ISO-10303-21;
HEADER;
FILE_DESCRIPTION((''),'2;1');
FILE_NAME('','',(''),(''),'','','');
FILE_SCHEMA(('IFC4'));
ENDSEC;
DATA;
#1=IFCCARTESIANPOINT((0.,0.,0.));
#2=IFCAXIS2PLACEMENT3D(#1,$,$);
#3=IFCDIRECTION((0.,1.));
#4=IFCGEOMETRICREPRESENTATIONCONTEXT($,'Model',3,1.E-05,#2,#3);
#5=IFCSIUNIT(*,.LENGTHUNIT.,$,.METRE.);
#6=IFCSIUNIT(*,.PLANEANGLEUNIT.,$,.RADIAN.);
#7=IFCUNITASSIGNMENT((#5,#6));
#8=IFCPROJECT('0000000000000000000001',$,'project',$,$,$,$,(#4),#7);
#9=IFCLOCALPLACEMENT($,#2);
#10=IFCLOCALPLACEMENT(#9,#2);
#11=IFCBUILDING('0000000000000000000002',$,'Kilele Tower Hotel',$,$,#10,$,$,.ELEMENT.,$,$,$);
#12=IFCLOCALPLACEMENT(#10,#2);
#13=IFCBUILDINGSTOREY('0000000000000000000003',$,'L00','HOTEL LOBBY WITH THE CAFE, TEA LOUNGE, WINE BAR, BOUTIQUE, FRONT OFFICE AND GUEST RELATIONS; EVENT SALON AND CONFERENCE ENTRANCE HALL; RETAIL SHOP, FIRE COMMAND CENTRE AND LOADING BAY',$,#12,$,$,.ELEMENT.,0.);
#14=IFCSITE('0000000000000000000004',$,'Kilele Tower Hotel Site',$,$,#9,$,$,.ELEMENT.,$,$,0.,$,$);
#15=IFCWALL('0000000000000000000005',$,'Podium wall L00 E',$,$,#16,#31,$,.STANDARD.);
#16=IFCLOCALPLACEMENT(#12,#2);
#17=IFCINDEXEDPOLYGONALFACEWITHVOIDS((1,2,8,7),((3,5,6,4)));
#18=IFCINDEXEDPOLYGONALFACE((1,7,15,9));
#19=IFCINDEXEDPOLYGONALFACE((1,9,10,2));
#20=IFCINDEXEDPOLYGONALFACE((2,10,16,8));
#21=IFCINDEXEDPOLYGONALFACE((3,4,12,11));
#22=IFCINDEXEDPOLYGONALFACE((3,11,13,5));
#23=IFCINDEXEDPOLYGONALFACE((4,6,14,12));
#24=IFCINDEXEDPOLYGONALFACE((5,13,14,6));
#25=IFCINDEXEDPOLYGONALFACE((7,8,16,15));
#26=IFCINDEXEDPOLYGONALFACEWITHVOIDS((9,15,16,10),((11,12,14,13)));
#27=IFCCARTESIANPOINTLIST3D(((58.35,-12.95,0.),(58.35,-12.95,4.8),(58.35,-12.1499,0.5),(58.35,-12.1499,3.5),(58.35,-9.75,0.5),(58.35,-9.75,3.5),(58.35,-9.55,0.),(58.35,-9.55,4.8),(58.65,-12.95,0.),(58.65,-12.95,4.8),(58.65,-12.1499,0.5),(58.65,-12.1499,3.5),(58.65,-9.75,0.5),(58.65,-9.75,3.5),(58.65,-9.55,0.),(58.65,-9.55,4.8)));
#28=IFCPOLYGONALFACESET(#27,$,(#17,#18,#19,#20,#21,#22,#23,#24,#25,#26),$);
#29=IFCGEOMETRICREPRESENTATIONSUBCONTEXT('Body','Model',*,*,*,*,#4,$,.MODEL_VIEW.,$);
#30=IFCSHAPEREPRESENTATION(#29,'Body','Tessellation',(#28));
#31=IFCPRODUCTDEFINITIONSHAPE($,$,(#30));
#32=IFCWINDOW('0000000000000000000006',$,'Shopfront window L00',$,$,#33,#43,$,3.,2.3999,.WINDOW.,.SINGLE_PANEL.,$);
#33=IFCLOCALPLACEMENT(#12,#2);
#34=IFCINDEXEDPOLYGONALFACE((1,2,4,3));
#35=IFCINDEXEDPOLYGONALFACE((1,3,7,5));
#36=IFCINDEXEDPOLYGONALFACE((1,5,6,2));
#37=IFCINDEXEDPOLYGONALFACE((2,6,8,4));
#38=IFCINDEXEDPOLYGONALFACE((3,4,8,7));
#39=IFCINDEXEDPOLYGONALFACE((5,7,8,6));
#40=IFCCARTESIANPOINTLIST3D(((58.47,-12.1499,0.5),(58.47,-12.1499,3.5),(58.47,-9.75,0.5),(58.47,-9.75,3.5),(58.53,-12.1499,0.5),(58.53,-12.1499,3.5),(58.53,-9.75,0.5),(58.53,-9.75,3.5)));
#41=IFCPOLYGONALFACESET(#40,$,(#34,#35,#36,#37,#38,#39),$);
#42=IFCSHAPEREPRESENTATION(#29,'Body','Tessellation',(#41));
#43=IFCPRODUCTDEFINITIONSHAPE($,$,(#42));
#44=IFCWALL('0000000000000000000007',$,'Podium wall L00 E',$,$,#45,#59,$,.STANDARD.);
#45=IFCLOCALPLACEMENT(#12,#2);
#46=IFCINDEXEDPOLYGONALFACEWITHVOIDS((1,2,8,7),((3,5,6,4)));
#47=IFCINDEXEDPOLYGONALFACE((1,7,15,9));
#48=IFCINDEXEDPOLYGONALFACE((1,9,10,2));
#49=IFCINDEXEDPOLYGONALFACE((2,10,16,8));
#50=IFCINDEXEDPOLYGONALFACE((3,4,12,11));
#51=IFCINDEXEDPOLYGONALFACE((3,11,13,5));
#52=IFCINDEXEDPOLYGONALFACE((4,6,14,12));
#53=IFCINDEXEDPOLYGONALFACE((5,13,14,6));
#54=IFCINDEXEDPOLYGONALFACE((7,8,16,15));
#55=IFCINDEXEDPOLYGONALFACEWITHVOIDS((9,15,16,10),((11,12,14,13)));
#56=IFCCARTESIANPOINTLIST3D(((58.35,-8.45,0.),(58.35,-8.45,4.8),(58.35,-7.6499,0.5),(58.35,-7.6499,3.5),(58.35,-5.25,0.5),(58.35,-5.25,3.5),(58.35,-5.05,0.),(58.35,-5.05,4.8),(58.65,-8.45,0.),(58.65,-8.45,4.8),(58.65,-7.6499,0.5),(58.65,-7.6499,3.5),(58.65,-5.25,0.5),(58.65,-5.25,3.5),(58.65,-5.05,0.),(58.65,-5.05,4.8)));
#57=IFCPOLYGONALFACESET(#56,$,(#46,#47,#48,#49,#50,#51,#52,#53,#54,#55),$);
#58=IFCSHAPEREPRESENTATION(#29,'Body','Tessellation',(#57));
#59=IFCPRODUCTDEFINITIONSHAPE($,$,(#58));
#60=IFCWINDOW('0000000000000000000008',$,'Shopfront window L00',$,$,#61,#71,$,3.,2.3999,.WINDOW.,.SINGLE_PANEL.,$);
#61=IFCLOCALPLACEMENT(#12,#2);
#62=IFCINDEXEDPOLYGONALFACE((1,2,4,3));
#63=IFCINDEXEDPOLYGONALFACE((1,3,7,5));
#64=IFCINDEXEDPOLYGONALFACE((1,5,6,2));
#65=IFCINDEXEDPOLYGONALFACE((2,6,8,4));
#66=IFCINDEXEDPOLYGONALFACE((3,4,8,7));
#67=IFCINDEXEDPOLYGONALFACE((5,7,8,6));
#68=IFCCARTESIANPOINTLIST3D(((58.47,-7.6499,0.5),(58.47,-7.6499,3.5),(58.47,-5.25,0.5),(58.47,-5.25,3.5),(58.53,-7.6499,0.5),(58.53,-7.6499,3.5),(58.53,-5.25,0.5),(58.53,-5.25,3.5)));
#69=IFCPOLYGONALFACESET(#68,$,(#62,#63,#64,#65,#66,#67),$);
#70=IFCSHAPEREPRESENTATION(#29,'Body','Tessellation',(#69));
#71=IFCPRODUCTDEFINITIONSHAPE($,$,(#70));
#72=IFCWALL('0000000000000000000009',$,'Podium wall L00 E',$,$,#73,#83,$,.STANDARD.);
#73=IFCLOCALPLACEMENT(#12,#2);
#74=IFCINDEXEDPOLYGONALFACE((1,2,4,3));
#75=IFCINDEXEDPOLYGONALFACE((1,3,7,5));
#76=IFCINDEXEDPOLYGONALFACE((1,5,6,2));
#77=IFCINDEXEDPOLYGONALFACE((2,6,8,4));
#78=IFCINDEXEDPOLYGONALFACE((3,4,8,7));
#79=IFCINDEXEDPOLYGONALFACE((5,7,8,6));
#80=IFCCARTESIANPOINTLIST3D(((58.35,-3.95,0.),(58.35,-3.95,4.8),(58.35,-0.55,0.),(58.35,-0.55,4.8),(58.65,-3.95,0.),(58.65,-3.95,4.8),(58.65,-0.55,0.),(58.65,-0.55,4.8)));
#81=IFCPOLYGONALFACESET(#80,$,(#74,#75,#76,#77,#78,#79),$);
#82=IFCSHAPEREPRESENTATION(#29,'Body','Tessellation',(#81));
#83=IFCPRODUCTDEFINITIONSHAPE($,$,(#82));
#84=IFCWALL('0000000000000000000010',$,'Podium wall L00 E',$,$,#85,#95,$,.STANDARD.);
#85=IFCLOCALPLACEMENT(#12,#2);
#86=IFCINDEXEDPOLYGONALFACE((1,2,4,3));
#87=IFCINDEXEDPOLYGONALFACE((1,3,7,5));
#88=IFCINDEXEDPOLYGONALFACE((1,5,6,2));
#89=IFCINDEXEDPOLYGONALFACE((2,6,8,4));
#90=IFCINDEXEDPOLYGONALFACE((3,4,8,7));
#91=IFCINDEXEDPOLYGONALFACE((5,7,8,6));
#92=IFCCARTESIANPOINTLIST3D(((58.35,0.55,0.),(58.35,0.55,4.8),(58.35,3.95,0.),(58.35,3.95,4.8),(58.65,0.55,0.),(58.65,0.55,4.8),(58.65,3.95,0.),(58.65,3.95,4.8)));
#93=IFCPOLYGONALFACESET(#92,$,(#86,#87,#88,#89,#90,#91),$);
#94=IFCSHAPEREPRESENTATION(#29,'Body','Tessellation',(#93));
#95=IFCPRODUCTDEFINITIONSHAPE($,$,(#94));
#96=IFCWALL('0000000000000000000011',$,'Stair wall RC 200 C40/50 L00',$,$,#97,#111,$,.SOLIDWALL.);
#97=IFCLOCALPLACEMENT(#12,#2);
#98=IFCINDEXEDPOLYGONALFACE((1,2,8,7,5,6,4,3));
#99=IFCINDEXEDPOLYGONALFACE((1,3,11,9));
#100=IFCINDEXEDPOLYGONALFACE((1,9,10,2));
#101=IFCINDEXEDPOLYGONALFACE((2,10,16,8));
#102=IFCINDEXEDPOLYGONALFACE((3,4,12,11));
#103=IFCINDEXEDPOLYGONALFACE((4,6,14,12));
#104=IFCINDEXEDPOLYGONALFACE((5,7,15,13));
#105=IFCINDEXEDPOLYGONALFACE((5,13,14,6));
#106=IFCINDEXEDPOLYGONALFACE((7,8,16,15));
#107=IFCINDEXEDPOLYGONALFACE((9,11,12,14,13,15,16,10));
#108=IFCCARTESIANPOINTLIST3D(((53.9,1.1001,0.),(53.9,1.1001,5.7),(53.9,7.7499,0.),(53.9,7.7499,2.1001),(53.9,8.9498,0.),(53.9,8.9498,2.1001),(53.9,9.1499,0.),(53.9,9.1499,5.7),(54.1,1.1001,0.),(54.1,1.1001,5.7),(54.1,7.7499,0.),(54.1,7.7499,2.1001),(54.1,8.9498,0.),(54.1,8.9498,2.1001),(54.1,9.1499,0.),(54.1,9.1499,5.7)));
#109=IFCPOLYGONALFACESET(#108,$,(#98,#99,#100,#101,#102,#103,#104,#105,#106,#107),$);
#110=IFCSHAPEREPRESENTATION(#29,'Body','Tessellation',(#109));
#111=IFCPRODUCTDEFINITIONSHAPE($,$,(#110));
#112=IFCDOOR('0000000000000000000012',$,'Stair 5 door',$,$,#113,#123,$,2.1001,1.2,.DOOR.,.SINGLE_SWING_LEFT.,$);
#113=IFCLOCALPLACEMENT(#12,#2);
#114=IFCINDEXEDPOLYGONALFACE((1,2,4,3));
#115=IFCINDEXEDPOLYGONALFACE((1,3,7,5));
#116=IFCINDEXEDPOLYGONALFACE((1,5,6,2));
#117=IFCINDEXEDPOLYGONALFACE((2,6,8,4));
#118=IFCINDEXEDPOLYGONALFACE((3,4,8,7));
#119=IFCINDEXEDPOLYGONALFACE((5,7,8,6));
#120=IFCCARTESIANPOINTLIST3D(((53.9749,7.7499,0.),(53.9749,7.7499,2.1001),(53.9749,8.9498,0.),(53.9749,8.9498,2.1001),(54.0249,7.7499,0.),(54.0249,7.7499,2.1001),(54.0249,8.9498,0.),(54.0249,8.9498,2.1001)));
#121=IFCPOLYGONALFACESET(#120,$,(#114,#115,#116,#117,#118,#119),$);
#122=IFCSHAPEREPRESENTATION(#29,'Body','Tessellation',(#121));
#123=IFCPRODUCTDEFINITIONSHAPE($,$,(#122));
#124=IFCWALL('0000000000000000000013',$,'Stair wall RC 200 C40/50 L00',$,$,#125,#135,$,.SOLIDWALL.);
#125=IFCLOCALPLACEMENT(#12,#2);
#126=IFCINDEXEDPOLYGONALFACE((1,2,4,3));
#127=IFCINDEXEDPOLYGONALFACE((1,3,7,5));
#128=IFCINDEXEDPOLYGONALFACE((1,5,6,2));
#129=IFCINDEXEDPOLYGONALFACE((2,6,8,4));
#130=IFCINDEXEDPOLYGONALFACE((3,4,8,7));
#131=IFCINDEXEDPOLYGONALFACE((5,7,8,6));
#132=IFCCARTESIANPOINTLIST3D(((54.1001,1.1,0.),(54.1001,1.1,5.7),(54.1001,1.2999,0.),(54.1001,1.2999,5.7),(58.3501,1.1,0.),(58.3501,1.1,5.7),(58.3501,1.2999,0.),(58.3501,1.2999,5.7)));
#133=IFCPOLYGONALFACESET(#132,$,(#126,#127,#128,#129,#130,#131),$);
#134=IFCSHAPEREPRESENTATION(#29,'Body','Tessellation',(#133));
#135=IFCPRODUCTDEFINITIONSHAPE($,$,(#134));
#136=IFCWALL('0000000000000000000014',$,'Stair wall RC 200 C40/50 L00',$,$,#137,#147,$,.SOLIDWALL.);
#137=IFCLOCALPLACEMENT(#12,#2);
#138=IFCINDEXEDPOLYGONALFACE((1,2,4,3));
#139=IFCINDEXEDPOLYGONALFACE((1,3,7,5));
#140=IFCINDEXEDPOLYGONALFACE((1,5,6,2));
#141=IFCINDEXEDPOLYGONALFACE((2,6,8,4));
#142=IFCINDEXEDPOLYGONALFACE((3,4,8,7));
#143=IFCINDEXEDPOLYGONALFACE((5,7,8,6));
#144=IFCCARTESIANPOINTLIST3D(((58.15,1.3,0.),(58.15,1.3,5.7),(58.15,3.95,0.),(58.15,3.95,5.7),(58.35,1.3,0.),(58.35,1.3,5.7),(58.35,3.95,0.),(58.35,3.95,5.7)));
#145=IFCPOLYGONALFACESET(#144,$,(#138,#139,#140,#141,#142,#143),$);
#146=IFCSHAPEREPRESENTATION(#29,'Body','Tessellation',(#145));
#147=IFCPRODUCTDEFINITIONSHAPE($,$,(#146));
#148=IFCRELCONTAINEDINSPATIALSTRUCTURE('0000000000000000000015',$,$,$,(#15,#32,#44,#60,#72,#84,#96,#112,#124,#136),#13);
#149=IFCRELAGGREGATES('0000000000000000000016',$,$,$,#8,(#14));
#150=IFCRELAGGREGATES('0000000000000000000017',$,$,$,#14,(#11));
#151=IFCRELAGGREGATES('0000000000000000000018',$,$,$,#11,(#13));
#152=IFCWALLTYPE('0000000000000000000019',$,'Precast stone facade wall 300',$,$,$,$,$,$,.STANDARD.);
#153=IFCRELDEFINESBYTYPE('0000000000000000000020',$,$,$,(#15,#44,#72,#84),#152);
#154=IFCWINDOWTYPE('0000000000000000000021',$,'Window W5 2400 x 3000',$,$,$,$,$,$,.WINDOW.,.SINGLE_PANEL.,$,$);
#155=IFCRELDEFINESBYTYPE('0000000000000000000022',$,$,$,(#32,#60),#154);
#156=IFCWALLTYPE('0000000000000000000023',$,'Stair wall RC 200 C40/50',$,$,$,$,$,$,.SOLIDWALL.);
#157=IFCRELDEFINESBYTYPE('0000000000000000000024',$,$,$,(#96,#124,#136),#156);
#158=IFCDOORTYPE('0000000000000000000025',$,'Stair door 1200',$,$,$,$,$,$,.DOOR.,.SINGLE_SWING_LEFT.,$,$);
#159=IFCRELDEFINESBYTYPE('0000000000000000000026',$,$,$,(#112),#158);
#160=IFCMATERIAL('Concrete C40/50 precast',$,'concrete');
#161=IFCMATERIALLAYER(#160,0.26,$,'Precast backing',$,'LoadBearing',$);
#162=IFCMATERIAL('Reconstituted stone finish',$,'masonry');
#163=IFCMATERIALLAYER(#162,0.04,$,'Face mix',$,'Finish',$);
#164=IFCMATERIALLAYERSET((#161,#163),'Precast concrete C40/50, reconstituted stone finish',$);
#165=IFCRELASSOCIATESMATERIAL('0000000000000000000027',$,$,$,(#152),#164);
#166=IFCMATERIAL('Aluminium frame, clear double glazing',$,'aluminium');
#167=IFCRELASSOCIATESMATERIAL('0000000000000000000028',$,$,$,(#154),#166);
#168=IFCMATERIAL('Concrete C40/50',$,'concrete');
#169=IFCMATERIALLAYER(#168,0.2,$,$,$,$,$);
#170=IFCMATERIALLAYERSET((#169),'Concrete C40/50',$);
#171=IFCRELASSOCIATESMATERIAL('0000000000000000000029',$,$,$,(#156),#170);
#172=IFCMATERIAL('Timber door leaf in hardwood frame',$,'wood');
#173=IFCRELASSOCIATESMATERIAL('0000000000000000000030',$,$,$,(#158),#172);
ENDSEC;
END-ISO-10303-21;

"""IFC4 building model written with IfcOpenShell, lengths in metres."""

from ifc_helpers import new_model, si_unit, direction, frame, frame_2d, origin, place, context, subcontext, project, spatial, rectangle, extrude, material, layer, layer_set, type_object, element, fill, save


model = new_model("IFC4")

# Units and contexts
model_context = context("Model", 3, precision=1e-05, world=origin(), true_north=direction((0.0, 1.0)))
body_context = subcontext(model_context, "Body", "Model", "MODEL_VIEW")
ifc_project = project(units=[si_unit("LENGTHUNIT", "METRE"), si_unit("PLANEANGLEUNIT", "RADIAN")], contexts=[model_context])

# Site, building, storey
site_placement = place(None, origin())
site = spatial("IfcSite", under=ifc_project, at=site_placement, Name="Kilele Tower Hotel Site", CompositionType="ELEMENT", RefElevation=0.0)
building_placement = place(site_placement, origin())
building = spatial("IfcBuilding", under=site, at=building_placement, Name="Kilele Tower Hotel", CompositionType="ELEMENT")
storey_placement = place(building_placement, origin())
storey = spatial("IfcBuildingStorey", under=building, at=storey_placement, Name="L00", Description="HOTEL LOBBY WITH THE CAFE, TEA LOUNGE, WINE BAR, BOUTIQUE, FRONT OFFICE AND GUEST RELATIONS; EVENT SALON AND CONFERENCE ENTRANCE HALL; RETAIL SHOP, FIRE COMMAND CENTRE AND LOADING BAY", CompositionType="ELEMENT", Elevation=0.0)

# Shared definitions
ifc_material_1 = material(Name="Concrete C40/50 precast", Category="concrete")
ifc_layer_1 = layer(ifc_material_1, 0.26, Name="Precast backing", Category="LoadBearing")
ifc_material_2 = material(Name="Reconstituted stone finish", Category="masonry")
ifc_layer_2 = layer(ifc_material_2, 0.04, Name="Face mix", Category="Finish")
ifc_layer_set_1 = layer_set([ifc_layer_1, ifc_layer_2], Name="Precast concrete C40/50, reconstituted stone finish")
wall_type_1 = type_object("IfcWallType", Name="Precast stone facade wall 300", PredefinedType="STANDARD", material=ifc_layer_set_1)

# Walls, openings, windows
wall_1_placement = place(storey_placement, frame((58.5, -12.95, 0.0), z_axis=(0.0, 0.0, 1.0), x_axis=(0.0, 1.0, 0.0)))
wall_1 = element("IfcWall", 1, at=wall_1_placement, inside=storey, type_object=wall_type_1, Name="Podium wall L00 E", PredefinedType="STANDARD", context=body_context, shape_type="SweptSolid", body=[
    extrude(rectangle(XDim=3.3999, YDim=0.3, at=frame_2d((1.7, 0.0))), origin(), (0.0, 0.0, 1.0), 4.8),
])
opening_1_placement = place(wall_1_placement, frame((0.8, 0.0, 0.5)))
opening_1 = element("IfcOpeningElement", 2, at=opening_1_placement, cuts=wall_1, PredefinedType="OPENING", context=body_context, shape_type="SweptSolid", body=[
    extrude(rectangle(XDim=2.3999, YDim=3.0, at=frame_2d((1.2, 1.5))), frame((0.0, 0.1599, 0.0), z_axis=(0.0, -1.0, 0.0), x_axis=(1.0, 0.0, 0.0)), (0.0, 0.0, 1.0), 0.3201),
])
ifc_material_3 = material(Name="Aluminium frame, clear double glazing", Category="aluminium")
window_type_1 = type_object("IfcWindowType", Name="Window W5 2400 x 3000", PartitioningType="SINGLE_PANEL", PredefinedType="WINDOW", material=ifc_material_3)
window_1_placement = place(opening_1_placement, origin())
window_1 = element("IfcWindow", 3, at=window_1_placement, inside=storey, type_object=window_type_1, Name="Shopfront window L00", OverallHeight=3.0, OverallWidth=2.3999, PartitioningType="SINGLE_PANEL", PredefinedType="WINDOW", context=body_context, shape_type="SweptSolid", body=[
    extrude(rectangle(XDim=2.3999, YDim=3.0, at=frame_2d((1.2, 1.5))), frame((0.0, 0.03, 0.0), z_axis=(0.0, -1.0, 0.0), x_axis=(1.0, 0.0, 0.0)), (0.0, 0.0, 1.0), 0.0601),
])
fill(opening_1, window_1)
wall_2_placement = place(storey_placement, frame((58.5, -8.45, 0.0), z_axis=(0.0, 0.0, 1.0), x_axis=(0.0, 1.0, 0.0)))
wall_2 = element("IfcWall", 4, at=wall_2_placement, inside=storey, type_object=wall_type_1, Name="Podium wall L00 E", PredefinedType="STANDARD", context=body_context, shape_type="SweptSolid", body=[
    extrude(rectangle(XDim=3.3999, YDim=0.3, at=frame_2d((1.7, 0.0))), origin(), (0.0, 0.0, 1.0), 4.8),
])
opening_2_placement = place(wall_2_placement, frame((0.8, 0.0, 0.5)))
opening_2 = element("IfcOpeningElement", 5, at=opening_2_placement, cuts=wall_2, PredefinedType="OPENING", context=body_context, shape_type="SweptSolid", body=[
    extrude(rectangle(XDim=2.3999, YDim=3.0, at=frame_2d((1.2, 1.5))), frame((0.0, 0.1599, 0.0), z_axis=(0.0, -1.0, 0.0), x_axis=(1.0, 0.0, 0.0)), (0.0, 0.0, 1.0), 0.3201),
])
window_2_placement = place(opening_2_placement, origin())
window_2 = element("IfcWindow", 6, at=window_2_placement, inside=storey, type_object=window_type_1, Name="Shopfront window L00", OverallHeight=3.0, OverallWidth=2.3999, PartitioningType="SINGLE_PANEL", PredefinedType="WINDOW", context=body_context, shape_type="SweptSolid", body=[
    extrude(rectangle(XDim=2.3999, YDim=3.0, at=frame_2d((1.2, 1.5))), frame((0.0, 0.03, 0.0), z_axis=(0.0, -1.0, 0.0), x_axis=(1.0, 0.0, 0.0)), (0.0, 0.0, 1.0), 0.0601),
])
fill(opening_2, window_2)

# Walls
for number, where, z_axis, x_axis, name in (
    (7, (58.5, -3.95, 0.0), (0.0, 0.0, 1.0), (0.0, 1.0, 0.0), "Podium wall L00 E"),
    (8, (58.5, 0.55, 0.0), (0.0, 0.0, 1.0), (0.0, 1.0, 0.0), "Podium wall L00 E"),
):
    element("IfcWall", number, at=place(storey_placement, frame(where, z_axis=z_axis, x_axis=x_axis)), inside=storey, type_object=wall_type_1, Name=name, PredefinedType="STANDARD", context=body_context, shape_type="SweptSolid", body=[
        extrude(rectangle(XDim=3.3999, YDim=0.3, at=frame_2d((1.7, 0.0))), origin(), (0.0, 0.0, 1.0), 4.8),
    ])

# Wall, opening, door
ifc_material_4 = material(Name="Concrete C40/50", Category="concrete")
ifc_layer_3 = layer(ifc_material_4, 0.2)
ifc_layer_set_2 = layer_set([ifc_layer_3], Name="Concrete C40/50")
wall_type_2 = type_object("IfcWallType", Name="Stair wall RC 200 C40/50", PredefinedType="SOLIDWALL", material=ifc_layer_set_2)
wall_3_placement = place(storey_placement, frame((54.0, 1.1001, 0.0), z_axis=(0.0, 0.0, 1.0), x_axis=(0.0, 1.0, 0.0)))
wall_3 = element("IfcWall", 9, at=wall_3_placement, inside=storey, type_object=wall_type_2, Name="Stair wall RC 200 C40/50 L00", PredefinedType="SOLIDWALL", context=body_context, shape_type="SweptSolid", body=[
    extrude(rectangle(XDim=8.0498, YDim=0.2, at=frame_2d((4.0249, 0.0))), origin(), (0.0, 0.0, 1.0), 5.7),
])
opening_3_placement = place(wall_3_placement, frame((7.8499, 0.0, 0.0), z_axis=(0.0, 0.0, 1.0), x_axis=(-1.0, 0.0, 0.0)))
opening_3 = element("IfcOpeningElement", 10, at=opening_3_placement, cuts=wall_3, PredefinedType="OPENING", context=body_context, shape_type="SweptSolid", body=[
    extrude(rectangle(XDim=1.2, YDim=2.1001, at=frame_2d((0.6001, 1.05))), frame((0.0, 0.1099, 0.0), z_axis=(0.0, -1.0, 0.0), x_axis=(1.0, 0.0, 0.0)), (0.0, 0.0, 1.0), 0.22),
])
ifc_material_5 = material(Name="Timber door leaf in hardwood frame", Category="wood")
door_type_1 = type_object("IfcDoorType", Name="Stair door 1200", OperationType="SINGLE_SWING_LEFT", PredefinedType="DOOR", material=ifc_material_5)
door_1_placement = place(opening_3_placement, origin())
door_1 = element("IfcDoor", 11, at=door_1_placement, inside=storey, type_object=door_type_1, Name="Stair 5 door", OperationType="SINGLE_SWING_LEFT", OverallHeight=2.1001, OverallWidth=1.2, PredefinedType="DOOR", context=body_context, shape_type="SweptSolid", body=[
    extrude(rectangle(XDim=1.2, YDim=2.1001, at=frame_2d((0.6001, 1.05))), frame((0.0, 0.0249, 0.0), z_axis=(0.0, -1.0, 0.0), x_axis=(1.0, 0.0, 0.0)), (0.0, 0.0, 1.0), 0.05),
])
fill(opening_3, door_1)

# Walls
wall_4_placement = place(storey_placement, frame((54.1001, 1.2, 0.0), z_axis=(0.0, 0.0, 1.0), x_axis=(1.0, 0.0, 0.0)))
element("IfcWall", 12, at=wall_4_placement, inside=storey, type_object=wall_type_2, Name="Stair wall RC 200 C40/50 L00", PredefinedType="SOLIDWALL", context=body_context, shape_type="SweptSolid", body=[
    extrude(rectangle(XDim=4.25, YDim=0.2, at=frame_2d((2.125, 0.0))), origin(), (0.0, 0.0, 1.0), 5.7),
])
wall_5_placement = place(storey_placement, frame((58.25, 1.3, 0.0), z_axis=(0.0, 0.0, 1.0), x_axis=(0.0, 1.0, 0.0)))
element("IfcWall", 13, at=wall_5_placement, inside=storey, type_object=wall_type_2, Name="Stair wall RC 200 C40/50 L00", PredefinedType="SOLIDWALL", context=body_context, shape_type="SweptSolid", body=[
    extrude(rectangle(XDim=2.6499, YDim=0.2, at=frame_2d((1.325, 0.0))), origin(), (0.0, 0.0, 1.0), 5.7),
])

save(model, "model.ifc")
